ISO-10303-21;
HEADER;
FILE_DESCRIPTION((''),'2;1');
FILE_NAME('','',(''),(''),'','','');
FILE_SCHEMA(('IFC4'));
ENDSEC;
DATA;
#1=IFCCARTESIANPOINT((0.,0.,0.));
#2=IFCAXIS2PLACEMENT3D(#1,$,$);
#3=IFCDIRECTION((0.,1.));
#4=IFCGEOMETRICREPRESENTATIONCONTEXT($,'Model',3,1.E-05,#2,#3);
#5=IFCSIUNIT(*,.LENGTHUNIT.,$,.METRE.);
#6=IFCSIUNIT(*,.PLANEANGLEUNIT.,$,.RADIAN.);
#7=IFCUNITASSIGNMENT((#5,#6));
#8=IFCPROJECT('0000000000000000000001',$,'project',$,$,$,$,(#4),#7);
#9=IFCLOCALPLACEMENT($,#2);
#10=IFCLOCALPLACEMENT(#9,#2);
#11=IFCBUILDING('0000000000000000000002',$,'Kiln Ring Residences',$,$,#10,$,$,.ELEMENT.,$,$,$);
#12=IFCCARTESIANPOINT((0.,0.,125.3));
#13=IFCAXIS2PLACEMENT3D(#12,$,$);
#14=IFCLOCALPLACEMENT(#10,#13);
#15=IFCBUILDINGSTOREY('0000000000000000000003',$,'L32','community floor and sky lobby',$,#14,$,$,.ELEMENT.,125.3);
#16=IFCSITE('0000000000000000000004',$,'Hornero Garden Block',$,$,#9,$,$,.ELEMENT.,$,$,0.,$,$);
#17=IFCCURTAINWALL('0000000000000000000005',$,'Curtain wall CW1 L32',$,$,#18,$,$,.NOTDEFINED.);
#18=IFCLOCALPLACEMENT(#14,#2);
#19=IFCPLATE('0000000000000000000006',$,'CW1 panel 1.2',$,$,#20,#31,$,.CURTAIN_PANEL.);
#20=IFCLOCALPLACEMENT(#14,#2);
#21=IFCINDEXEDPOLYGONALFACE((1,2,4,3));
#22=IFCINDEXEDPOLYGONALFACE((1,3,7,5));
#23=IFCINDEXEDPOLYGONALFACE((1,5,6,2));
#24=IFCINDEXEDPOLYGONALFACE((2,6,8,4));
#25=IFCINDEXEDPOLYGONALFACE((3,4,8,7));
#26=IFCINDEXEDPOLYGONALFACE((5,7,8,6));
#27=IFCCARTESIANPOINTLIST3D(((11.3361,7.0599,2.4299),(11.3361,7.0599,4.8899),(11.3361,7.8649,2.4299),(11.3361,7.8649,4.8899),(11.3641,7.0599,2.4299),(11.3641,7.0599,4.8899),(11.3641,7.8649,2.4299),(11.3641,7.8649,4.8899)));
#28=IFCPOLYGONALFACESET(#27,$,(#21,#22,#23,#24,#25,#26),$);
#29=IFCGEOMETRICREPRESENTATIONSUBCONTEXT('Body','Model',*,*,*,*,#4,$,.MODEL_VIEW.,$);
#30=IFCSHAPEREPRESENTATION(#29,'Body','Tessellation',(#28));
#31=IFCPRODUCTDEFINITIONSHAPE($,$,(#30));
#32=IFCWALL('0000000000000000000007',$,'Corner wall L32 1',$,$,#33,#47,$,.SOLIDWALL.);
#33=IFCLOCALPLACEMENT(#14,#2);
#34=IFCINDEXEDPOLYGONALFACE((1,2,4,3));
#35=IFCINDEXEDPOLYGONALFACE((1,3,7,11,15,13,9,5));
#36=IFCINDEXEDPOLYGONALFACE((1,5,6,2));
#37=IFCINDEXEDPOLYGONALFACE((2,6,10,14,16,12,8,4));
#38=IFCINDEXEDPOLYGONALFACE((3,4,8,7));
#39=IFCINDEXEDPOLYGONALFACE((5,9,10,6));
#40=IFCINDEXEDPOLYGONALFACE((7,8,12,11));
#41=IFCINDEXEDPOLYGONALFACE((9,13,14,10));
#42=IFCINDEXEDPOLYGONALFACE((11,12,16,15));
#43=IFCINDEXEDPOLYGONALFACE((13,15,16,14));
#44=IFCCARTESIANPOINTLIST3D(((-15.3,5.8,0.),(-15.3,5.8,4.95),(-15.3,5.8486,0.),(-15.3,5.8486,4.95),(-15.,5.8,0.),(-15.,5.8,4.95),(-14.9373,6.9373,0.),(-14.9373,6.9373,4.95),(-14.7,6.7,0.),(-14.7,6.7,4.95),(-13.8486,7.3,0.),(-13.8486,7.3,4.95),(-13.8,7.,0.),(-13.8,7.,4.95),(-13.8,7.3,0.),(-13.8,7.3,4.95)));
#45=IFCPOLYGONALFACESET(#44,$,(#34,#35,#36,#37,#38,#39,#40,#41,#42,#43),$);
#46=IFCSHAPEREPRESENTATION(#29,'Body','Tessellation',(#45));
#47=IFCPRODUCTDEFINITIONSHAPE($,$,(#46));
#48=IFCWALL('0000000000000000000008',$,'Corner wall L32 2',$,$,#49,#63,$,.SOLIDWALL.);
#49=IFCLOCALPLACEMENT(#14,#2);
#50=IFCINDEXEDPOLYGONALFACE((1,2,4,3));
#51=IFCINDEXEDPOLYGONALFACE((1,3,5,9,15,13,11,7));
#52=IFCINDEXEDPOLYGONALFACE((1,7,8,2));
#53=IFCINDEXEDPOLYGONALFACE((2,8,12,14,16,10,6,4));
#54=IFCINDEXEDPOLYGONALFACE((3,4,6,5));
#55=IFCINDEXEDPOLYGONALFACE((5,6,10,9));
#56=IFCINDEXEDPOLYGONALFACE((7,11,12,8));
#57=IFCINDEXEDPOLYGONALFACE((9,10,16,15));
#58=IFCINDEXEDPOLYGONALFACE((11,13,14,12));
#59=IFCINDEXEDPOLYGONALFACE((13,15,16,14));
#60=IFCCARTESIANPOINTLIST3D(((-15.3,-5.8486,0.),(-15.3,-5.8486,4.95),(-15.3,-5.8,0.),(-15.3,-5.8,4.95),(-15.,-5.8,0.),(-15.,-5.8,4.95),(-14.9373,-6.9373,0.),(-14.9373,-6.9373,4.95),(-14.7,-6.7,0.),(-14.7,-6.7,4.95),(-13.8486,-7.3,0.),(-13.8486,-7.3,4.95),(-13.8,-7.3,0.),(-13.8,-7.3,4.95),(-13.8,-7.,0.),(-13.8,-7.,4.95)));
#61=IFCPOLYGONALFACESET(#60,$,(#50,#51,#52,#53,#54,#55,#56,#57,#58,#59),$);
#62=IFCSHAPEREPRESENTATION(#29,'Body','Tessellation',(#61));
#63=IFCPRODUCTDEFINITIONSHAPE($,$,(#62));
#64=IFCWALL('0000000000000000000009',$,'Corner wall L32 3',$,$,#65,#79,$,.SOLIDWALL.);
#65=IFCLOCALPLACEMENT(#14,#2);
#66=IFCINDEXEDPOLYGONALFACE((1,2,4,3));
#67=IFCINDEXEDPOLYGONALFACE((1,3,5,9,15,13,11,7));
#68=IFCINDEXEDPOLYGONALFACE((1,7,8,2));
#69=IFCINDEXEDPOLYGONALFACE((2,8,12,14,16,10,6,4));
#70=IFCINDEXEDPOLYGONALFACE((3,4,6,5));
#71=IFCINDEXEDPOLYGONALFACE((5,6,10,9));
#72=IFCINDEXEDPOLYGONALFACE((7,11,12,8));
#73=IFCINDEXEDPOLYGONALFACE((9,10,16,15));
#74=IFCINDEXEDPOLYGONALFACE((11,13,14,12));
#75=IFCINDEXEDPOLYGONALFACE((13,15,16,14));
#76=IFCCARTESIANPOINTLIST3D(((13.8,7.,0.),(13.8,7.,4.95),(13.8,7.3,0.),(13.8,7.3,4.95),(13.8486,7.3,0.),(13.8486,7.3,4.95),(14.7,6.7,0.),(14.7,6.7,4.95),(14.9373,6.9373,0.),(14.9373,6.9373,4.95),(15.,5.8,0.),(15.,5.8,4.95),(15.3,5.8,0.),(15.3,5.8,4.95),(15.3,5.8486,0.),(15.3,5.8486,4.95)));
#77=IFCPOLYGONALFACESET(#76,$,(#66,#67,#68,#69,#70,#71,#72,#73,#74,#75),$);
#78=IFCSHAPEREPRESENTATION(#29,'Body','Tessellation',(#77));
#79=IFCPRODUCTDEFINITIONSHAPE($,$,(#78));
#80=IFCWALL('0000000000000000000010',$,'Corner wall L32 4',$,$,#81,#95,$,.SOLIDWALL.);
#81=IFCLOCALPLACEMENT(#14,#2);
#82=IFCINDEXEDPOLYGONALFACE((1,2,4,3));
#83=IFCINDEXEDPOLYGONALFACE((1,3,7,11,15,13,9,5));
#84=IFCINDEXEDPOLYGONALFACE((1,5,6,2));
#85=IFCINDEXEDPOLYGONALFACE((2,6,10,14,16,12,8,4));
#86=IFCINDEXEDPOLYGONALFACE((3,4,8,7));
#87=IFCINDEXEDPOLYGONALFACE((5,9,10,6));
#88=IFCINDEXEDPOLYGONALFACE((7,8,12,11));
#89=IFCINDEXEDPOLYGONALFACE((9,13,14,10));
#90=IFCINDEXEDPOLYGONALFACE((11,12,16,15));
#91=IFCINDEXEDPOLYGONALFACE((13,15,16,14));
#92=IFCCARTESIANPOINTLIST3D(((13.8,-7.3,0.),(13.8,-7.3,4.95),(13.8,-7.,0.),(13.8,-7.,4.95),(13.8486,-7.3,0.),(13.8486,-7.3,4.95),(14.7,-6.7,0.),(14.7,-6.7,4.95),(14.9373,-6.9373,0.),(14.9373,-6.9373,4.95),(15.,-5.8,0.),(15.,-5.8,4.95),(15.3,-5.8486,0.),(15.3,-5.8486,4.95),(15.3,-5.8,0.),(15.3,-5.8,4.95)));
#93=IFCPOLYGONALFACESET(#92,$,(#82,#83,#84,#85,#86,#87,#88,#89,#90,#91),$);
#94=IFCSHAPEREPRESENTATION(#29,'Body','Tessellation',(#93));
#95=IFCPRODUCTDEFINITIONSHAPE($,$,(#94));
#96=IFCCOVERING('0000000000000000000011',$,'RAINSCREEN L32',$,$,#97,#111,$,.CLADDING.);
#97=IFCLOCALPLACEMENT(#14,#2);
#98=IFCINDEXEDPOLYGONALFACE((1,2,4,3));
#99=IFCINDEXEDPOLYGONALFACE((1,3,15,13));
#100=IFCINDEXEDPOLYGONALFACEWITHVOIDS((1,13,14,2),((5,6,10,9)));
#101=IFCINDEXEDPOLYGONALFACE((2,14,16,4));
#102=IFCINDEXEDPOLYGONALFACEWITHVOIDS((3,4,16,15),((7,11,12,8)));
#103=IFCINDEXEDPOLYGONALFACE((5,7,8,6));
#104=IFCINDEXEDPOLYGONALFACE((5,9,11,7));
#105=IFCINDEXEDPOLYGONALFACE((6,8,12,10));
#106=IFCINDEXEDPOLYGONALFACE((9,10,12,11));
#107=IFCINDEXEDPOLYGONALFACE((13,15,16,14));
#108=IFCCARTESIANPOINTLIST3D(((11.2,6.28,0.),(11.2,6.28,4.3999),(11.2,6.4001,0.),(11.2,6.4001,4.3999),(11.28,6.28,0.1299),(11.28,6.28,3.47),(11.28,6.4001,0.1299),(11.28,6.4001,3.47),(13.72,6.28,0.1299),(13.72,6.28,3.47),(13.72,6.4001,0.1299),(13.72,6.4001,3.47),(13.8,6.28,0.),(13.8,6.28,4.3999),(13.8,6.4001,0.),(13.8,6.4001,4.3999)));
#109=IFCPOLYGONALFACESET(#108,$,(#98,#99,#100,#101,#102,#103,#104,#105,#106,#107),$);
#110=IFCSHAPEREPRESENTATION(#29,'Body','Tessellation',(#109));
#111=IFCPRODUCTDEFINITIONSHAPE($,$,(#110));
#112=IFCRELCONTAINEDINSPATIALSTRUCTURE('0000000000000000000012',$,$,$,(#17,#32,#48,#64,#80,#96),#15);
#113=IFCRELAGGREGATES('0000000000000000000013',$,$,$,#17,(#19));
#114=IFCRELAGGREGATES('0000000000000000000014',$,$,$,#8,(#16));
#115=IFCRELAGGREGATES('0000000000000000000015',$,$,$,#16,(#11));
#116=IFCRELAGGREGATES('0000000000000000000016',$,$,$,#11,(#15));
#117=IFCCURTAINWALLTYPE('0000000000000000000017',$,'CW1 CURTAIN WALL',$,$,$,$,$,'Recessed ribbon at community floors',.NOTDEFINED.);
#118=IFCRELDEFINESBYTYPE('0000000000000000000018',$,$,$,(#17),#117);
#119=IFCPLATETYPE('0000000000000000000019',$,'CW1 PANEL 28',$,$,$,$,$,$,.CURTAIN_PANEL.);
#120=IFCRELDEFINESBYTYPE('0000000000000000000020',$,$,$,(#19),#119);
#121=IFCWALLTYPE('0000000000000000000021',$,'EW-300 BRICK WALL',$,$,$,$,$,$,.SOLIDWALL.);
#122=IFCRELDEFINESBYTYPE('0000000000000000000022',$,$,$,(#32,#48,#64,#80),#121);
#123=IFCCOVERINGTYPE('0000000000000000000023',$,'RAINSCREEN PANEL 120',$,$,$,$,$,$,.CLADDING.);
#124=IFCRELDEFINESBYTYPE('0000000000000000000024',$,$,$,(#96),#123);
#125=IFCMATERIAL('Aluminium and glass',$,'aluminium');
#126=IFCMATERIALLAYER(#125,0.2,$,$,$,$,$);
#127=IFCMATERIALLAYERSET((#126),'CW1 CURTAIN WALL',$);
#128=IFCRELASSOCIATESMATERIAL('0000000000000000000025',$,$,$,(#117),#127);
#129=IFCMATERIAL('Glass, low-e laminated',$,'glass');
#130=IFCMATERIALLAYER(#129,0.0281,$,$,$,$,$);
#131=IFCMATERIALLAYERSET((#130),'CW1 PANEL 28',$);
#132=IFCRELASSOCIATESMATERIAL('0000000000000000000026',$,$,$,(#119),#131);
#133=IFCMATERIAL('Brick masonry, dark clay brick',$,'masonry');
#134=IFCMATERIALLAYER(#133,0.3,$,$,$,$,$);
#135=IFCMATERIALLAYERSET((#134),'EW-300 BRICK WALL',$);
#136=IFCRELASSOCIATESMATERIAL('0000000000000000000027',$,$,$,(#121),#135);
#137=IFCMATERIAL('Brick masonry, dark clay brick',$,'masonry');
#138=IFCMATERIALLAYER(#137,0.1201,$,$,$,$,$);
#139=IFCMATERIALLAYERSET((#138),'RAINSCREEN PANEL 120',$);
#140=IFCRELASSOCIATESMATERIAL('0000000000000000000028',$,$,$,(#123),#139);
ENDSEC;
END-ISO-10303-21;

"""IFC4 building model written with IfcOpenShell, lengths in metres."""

from ifc_helpers import new_model, si_unit, direction, frame, origin, origin_2d, place, context, subcontext, project, spatial, polyline, rectangle, outline, extrude, material, layer, layer_set, type_object, element, aggregate, save


model = new_model("IFC4")

# Units and contexts
model_context = context("Model", 3, precision=1e-05, world=origin(), true_north=direction((0.0, 1.0)))
body_context = subcontext(model_context, "Body", "Model", "MODEL_VIEW")
ifc_project = project(units=[si_unit("LENGTHUNIT", "METRE"), si_unit("PLANEANGLEUNIT", "RADIAN")], contexts=[model_context])

# Site, building, storey
site_placement = place(None, origin())
site = spatial("IfcSite", under=ifc_project, at=site_placement, Name="Hornero Garden Block", CompositionType="ELEMENT", RefElevation=0.0)
building_placement = place(site_placement, origin())
building = spatial("IfcBuilding", under=site, at=building_placement, Name="Kiln Ring Residences", CompositionType="ELEMENT")
storey_placement = place(building_placement, frame((0.0, 0.0, 125.3)))
storey = spatial("IfcBuildingStorey", under=building, at=storey_placement, Name="L32", Description="community floor and sky lobby", CompositionType="ELEMENT", Elevation=125.3)

# Shared definitions
ifc_material_1 = material(Name="Aluminium and glass", Category="aluminium")
ifc_layer_1 = layer(ifc_material_1, 0.2)
ifc_layer_set_1 = layer_set([ifc_layer_1], Name="CW1 CURTAIN WALL")
curtain_wall_type = type_object("IfcCurtainWallType", Name="CW1 CURTAIN WALL", ElementType="Recessed ribbon at community floors", PredefinedType="NOTDEFINED", material=ifc_layer_set_1)
placement = place(storey_placement, origin())

# Curtain wall
curtain_wall_1 = element("IfcCurtainWall", 1, at=placement, inside=storey, type_object=curtain_wall_type, Name="Curtain wall CW1 L32", PredefinedType="NOTDEFINED")

# Plate
ifc_material_2 = material(Name="Glass, low-e laminated", Category="glass")
ifc_layer_2 = layer(ifc_material_2, 0.0281)
ifc_layer_set_2 = layer_set([ifc_layer_2], Name="CW1 PANEL 28")
plate_type = type_object("IfcPlateType", Name="CW1 PANEL 28", PredefinedType="CURTAIN_PANEL", material=ifc_layer_set_2)
plate_1_placement = place(storey_placement, frame((11.3501, 7.4624, 2.4299), z_axis=(0.0, 0.0, 1.0), x_axis=(0.0, -1.0, 0.0)))
plate_1 = element("IfcPlate", 2, at=plate_1_placement, type_object=plate_type, Name="CW1 panel 1.2", PredefinedType="CURTAIN_PANEL", context=body_context, shape_type="SweptSolid", body=[
    extrude(rectangle(XDim=0.8049, YDim=0.0281, at=origin_2d()), origin(), (0.0, 0.0, 1.0), 2.46),
])
aggregate(curtain_wall_1, [plate_1])

# Walls
ifc_material_3 = material(Name="Brick masonry, dark clay brick", Category="masonry")
ifc_layer_3 = layer(ifc_material_3, 0.3)
ifc_layer_set_3 = layer_set([ifc_layer_3], Name="EW-300 BRICK WALL")
wall_type = type_object("IfcWallType", Name="EW-300 BRICK WALL", PredefinedType="SOLIDWALL", material=ifc_layer_set_3)
element("IfcWall", 3, at=placement, inside=storey, type_object=wall_type, Name="Corner wall L32 1", PredefinedType="SOLIDWALL", context=body_context, shape_type="SweptSolid", body=[
    extrude(outline(polyline([(-15.0, 5.8), (-14.7, 6.7), (-13.8, 7.0), (-13.8, 7.3), (-13.8486, 7.3), (-14.9373, 6.9373), (-15.3, 5.8486), (-15.3, 5.8), (-15.0, 5.8)])), origin(), (0.0, 0.0, 1.0), 4.95),
])
element("IfcWall", 4, at=placement, inside=storey, type_object=wall_type, Name="Corner wall L32 2", PredefinedType="SOLIDWALL", context=body_context, shape_type="SweptSolid", body=[
    extrude(outline(polyline([(-13.8, -7.0), (-14.7, -6.7), (-15.0, -5.8), (-15.3, -5.8), (-15.3, -5.8486), (-14.9373, -6.9373), (-13.8486, -7.3), (-13.8, -7.3), (-13.8, -7.0)])), origin(), (0.0, 0.0, 1.0), 4.95),
])
element("IfcWall", 5, at=placement, inside=storey, type_object=wall_type, Name="Corner wall L32 3", PredefinedType="SOLIDWALL", context=body_context, shape_type="SweptSolid", body=[
    extrude(outline(polyline([(13.8, 7.0), (14.7, 6.7), (15.0, 5.8), (15.3, 5.8), (15.3, 5.8486), (14.9373, 6.9373), (13.8486, 7.3), (13.8, 7.3), (13.8, 7.0)])), origin(), (0.0, 0.0, 1.0), 4.95),
])
element("IfcWall", 6, at=placement, inside=storey, type_object=wall_type, Name="Corner wall L32 4", PredefinedType="SOLIDWALL", context=body_context, shape_type="SweptSolid", body=[
    extrude(outline(polyline([(15.0, -5.8), (14.7, -6.7), (13.8, -7.0), (13.8, -7.3), (13.8486, -7.3), (14.9373, -6.9373), (15.3, -5.8486), (15.3, -5.8), (15.0, -5.8)])), origin(), (0.0, 0.0, 1.0), 4.95),
])

# Covering
ifc_material_4 = material(Name="Brick masonry, dark clay brick", Category="masonry")
ifc_layer_4 = layer(ifc_material_4, 0.1201)
ifc_layer_set_4 = layer_set([ifc_layer_4], Name="RAINSCREEN PANEL 120")
covering_type = type_object("IfcCoveringType", Name="RAINSCREEN PANEL 120", PredefinedType="CLADDING", material=ifc_layer_set_4)
covering_placement = place(storey_placement, frame((11.2, 6.3401, 0.0), z_axis=(0.0, 0.0, 1.0), x_axis=(1.0, 0.0, 0.0)))
element("IfcCovering", 7, at=covering_placement, inside=storey, type_object=covering_type, Name="RAINSCREEN L32", PredefinedType="CLADDING", context=body_context, shape_type="SweptSolid", body=[
    extrude(outline(polyline([(0.0, 0.0), (2.6001, 0.0), (2.6001, 4.3999), (0.0, 4.3999), (0.0, 0.0)]), holes=[polyline([(0.0801, 3.47), (0.0801, 0.1299), (2.52, 0.1299), (2.52, 3.47), (0.0801, 3.47)])]), frame((0.0, 0.0601, 0.0), z_axis=(0.0, -1.0, 0.0), x_axis=(1.0, 0.0, 0.0)), (0.0, 0.0, 1.0), 0.1201),
])

save(model, "model.ifc")
